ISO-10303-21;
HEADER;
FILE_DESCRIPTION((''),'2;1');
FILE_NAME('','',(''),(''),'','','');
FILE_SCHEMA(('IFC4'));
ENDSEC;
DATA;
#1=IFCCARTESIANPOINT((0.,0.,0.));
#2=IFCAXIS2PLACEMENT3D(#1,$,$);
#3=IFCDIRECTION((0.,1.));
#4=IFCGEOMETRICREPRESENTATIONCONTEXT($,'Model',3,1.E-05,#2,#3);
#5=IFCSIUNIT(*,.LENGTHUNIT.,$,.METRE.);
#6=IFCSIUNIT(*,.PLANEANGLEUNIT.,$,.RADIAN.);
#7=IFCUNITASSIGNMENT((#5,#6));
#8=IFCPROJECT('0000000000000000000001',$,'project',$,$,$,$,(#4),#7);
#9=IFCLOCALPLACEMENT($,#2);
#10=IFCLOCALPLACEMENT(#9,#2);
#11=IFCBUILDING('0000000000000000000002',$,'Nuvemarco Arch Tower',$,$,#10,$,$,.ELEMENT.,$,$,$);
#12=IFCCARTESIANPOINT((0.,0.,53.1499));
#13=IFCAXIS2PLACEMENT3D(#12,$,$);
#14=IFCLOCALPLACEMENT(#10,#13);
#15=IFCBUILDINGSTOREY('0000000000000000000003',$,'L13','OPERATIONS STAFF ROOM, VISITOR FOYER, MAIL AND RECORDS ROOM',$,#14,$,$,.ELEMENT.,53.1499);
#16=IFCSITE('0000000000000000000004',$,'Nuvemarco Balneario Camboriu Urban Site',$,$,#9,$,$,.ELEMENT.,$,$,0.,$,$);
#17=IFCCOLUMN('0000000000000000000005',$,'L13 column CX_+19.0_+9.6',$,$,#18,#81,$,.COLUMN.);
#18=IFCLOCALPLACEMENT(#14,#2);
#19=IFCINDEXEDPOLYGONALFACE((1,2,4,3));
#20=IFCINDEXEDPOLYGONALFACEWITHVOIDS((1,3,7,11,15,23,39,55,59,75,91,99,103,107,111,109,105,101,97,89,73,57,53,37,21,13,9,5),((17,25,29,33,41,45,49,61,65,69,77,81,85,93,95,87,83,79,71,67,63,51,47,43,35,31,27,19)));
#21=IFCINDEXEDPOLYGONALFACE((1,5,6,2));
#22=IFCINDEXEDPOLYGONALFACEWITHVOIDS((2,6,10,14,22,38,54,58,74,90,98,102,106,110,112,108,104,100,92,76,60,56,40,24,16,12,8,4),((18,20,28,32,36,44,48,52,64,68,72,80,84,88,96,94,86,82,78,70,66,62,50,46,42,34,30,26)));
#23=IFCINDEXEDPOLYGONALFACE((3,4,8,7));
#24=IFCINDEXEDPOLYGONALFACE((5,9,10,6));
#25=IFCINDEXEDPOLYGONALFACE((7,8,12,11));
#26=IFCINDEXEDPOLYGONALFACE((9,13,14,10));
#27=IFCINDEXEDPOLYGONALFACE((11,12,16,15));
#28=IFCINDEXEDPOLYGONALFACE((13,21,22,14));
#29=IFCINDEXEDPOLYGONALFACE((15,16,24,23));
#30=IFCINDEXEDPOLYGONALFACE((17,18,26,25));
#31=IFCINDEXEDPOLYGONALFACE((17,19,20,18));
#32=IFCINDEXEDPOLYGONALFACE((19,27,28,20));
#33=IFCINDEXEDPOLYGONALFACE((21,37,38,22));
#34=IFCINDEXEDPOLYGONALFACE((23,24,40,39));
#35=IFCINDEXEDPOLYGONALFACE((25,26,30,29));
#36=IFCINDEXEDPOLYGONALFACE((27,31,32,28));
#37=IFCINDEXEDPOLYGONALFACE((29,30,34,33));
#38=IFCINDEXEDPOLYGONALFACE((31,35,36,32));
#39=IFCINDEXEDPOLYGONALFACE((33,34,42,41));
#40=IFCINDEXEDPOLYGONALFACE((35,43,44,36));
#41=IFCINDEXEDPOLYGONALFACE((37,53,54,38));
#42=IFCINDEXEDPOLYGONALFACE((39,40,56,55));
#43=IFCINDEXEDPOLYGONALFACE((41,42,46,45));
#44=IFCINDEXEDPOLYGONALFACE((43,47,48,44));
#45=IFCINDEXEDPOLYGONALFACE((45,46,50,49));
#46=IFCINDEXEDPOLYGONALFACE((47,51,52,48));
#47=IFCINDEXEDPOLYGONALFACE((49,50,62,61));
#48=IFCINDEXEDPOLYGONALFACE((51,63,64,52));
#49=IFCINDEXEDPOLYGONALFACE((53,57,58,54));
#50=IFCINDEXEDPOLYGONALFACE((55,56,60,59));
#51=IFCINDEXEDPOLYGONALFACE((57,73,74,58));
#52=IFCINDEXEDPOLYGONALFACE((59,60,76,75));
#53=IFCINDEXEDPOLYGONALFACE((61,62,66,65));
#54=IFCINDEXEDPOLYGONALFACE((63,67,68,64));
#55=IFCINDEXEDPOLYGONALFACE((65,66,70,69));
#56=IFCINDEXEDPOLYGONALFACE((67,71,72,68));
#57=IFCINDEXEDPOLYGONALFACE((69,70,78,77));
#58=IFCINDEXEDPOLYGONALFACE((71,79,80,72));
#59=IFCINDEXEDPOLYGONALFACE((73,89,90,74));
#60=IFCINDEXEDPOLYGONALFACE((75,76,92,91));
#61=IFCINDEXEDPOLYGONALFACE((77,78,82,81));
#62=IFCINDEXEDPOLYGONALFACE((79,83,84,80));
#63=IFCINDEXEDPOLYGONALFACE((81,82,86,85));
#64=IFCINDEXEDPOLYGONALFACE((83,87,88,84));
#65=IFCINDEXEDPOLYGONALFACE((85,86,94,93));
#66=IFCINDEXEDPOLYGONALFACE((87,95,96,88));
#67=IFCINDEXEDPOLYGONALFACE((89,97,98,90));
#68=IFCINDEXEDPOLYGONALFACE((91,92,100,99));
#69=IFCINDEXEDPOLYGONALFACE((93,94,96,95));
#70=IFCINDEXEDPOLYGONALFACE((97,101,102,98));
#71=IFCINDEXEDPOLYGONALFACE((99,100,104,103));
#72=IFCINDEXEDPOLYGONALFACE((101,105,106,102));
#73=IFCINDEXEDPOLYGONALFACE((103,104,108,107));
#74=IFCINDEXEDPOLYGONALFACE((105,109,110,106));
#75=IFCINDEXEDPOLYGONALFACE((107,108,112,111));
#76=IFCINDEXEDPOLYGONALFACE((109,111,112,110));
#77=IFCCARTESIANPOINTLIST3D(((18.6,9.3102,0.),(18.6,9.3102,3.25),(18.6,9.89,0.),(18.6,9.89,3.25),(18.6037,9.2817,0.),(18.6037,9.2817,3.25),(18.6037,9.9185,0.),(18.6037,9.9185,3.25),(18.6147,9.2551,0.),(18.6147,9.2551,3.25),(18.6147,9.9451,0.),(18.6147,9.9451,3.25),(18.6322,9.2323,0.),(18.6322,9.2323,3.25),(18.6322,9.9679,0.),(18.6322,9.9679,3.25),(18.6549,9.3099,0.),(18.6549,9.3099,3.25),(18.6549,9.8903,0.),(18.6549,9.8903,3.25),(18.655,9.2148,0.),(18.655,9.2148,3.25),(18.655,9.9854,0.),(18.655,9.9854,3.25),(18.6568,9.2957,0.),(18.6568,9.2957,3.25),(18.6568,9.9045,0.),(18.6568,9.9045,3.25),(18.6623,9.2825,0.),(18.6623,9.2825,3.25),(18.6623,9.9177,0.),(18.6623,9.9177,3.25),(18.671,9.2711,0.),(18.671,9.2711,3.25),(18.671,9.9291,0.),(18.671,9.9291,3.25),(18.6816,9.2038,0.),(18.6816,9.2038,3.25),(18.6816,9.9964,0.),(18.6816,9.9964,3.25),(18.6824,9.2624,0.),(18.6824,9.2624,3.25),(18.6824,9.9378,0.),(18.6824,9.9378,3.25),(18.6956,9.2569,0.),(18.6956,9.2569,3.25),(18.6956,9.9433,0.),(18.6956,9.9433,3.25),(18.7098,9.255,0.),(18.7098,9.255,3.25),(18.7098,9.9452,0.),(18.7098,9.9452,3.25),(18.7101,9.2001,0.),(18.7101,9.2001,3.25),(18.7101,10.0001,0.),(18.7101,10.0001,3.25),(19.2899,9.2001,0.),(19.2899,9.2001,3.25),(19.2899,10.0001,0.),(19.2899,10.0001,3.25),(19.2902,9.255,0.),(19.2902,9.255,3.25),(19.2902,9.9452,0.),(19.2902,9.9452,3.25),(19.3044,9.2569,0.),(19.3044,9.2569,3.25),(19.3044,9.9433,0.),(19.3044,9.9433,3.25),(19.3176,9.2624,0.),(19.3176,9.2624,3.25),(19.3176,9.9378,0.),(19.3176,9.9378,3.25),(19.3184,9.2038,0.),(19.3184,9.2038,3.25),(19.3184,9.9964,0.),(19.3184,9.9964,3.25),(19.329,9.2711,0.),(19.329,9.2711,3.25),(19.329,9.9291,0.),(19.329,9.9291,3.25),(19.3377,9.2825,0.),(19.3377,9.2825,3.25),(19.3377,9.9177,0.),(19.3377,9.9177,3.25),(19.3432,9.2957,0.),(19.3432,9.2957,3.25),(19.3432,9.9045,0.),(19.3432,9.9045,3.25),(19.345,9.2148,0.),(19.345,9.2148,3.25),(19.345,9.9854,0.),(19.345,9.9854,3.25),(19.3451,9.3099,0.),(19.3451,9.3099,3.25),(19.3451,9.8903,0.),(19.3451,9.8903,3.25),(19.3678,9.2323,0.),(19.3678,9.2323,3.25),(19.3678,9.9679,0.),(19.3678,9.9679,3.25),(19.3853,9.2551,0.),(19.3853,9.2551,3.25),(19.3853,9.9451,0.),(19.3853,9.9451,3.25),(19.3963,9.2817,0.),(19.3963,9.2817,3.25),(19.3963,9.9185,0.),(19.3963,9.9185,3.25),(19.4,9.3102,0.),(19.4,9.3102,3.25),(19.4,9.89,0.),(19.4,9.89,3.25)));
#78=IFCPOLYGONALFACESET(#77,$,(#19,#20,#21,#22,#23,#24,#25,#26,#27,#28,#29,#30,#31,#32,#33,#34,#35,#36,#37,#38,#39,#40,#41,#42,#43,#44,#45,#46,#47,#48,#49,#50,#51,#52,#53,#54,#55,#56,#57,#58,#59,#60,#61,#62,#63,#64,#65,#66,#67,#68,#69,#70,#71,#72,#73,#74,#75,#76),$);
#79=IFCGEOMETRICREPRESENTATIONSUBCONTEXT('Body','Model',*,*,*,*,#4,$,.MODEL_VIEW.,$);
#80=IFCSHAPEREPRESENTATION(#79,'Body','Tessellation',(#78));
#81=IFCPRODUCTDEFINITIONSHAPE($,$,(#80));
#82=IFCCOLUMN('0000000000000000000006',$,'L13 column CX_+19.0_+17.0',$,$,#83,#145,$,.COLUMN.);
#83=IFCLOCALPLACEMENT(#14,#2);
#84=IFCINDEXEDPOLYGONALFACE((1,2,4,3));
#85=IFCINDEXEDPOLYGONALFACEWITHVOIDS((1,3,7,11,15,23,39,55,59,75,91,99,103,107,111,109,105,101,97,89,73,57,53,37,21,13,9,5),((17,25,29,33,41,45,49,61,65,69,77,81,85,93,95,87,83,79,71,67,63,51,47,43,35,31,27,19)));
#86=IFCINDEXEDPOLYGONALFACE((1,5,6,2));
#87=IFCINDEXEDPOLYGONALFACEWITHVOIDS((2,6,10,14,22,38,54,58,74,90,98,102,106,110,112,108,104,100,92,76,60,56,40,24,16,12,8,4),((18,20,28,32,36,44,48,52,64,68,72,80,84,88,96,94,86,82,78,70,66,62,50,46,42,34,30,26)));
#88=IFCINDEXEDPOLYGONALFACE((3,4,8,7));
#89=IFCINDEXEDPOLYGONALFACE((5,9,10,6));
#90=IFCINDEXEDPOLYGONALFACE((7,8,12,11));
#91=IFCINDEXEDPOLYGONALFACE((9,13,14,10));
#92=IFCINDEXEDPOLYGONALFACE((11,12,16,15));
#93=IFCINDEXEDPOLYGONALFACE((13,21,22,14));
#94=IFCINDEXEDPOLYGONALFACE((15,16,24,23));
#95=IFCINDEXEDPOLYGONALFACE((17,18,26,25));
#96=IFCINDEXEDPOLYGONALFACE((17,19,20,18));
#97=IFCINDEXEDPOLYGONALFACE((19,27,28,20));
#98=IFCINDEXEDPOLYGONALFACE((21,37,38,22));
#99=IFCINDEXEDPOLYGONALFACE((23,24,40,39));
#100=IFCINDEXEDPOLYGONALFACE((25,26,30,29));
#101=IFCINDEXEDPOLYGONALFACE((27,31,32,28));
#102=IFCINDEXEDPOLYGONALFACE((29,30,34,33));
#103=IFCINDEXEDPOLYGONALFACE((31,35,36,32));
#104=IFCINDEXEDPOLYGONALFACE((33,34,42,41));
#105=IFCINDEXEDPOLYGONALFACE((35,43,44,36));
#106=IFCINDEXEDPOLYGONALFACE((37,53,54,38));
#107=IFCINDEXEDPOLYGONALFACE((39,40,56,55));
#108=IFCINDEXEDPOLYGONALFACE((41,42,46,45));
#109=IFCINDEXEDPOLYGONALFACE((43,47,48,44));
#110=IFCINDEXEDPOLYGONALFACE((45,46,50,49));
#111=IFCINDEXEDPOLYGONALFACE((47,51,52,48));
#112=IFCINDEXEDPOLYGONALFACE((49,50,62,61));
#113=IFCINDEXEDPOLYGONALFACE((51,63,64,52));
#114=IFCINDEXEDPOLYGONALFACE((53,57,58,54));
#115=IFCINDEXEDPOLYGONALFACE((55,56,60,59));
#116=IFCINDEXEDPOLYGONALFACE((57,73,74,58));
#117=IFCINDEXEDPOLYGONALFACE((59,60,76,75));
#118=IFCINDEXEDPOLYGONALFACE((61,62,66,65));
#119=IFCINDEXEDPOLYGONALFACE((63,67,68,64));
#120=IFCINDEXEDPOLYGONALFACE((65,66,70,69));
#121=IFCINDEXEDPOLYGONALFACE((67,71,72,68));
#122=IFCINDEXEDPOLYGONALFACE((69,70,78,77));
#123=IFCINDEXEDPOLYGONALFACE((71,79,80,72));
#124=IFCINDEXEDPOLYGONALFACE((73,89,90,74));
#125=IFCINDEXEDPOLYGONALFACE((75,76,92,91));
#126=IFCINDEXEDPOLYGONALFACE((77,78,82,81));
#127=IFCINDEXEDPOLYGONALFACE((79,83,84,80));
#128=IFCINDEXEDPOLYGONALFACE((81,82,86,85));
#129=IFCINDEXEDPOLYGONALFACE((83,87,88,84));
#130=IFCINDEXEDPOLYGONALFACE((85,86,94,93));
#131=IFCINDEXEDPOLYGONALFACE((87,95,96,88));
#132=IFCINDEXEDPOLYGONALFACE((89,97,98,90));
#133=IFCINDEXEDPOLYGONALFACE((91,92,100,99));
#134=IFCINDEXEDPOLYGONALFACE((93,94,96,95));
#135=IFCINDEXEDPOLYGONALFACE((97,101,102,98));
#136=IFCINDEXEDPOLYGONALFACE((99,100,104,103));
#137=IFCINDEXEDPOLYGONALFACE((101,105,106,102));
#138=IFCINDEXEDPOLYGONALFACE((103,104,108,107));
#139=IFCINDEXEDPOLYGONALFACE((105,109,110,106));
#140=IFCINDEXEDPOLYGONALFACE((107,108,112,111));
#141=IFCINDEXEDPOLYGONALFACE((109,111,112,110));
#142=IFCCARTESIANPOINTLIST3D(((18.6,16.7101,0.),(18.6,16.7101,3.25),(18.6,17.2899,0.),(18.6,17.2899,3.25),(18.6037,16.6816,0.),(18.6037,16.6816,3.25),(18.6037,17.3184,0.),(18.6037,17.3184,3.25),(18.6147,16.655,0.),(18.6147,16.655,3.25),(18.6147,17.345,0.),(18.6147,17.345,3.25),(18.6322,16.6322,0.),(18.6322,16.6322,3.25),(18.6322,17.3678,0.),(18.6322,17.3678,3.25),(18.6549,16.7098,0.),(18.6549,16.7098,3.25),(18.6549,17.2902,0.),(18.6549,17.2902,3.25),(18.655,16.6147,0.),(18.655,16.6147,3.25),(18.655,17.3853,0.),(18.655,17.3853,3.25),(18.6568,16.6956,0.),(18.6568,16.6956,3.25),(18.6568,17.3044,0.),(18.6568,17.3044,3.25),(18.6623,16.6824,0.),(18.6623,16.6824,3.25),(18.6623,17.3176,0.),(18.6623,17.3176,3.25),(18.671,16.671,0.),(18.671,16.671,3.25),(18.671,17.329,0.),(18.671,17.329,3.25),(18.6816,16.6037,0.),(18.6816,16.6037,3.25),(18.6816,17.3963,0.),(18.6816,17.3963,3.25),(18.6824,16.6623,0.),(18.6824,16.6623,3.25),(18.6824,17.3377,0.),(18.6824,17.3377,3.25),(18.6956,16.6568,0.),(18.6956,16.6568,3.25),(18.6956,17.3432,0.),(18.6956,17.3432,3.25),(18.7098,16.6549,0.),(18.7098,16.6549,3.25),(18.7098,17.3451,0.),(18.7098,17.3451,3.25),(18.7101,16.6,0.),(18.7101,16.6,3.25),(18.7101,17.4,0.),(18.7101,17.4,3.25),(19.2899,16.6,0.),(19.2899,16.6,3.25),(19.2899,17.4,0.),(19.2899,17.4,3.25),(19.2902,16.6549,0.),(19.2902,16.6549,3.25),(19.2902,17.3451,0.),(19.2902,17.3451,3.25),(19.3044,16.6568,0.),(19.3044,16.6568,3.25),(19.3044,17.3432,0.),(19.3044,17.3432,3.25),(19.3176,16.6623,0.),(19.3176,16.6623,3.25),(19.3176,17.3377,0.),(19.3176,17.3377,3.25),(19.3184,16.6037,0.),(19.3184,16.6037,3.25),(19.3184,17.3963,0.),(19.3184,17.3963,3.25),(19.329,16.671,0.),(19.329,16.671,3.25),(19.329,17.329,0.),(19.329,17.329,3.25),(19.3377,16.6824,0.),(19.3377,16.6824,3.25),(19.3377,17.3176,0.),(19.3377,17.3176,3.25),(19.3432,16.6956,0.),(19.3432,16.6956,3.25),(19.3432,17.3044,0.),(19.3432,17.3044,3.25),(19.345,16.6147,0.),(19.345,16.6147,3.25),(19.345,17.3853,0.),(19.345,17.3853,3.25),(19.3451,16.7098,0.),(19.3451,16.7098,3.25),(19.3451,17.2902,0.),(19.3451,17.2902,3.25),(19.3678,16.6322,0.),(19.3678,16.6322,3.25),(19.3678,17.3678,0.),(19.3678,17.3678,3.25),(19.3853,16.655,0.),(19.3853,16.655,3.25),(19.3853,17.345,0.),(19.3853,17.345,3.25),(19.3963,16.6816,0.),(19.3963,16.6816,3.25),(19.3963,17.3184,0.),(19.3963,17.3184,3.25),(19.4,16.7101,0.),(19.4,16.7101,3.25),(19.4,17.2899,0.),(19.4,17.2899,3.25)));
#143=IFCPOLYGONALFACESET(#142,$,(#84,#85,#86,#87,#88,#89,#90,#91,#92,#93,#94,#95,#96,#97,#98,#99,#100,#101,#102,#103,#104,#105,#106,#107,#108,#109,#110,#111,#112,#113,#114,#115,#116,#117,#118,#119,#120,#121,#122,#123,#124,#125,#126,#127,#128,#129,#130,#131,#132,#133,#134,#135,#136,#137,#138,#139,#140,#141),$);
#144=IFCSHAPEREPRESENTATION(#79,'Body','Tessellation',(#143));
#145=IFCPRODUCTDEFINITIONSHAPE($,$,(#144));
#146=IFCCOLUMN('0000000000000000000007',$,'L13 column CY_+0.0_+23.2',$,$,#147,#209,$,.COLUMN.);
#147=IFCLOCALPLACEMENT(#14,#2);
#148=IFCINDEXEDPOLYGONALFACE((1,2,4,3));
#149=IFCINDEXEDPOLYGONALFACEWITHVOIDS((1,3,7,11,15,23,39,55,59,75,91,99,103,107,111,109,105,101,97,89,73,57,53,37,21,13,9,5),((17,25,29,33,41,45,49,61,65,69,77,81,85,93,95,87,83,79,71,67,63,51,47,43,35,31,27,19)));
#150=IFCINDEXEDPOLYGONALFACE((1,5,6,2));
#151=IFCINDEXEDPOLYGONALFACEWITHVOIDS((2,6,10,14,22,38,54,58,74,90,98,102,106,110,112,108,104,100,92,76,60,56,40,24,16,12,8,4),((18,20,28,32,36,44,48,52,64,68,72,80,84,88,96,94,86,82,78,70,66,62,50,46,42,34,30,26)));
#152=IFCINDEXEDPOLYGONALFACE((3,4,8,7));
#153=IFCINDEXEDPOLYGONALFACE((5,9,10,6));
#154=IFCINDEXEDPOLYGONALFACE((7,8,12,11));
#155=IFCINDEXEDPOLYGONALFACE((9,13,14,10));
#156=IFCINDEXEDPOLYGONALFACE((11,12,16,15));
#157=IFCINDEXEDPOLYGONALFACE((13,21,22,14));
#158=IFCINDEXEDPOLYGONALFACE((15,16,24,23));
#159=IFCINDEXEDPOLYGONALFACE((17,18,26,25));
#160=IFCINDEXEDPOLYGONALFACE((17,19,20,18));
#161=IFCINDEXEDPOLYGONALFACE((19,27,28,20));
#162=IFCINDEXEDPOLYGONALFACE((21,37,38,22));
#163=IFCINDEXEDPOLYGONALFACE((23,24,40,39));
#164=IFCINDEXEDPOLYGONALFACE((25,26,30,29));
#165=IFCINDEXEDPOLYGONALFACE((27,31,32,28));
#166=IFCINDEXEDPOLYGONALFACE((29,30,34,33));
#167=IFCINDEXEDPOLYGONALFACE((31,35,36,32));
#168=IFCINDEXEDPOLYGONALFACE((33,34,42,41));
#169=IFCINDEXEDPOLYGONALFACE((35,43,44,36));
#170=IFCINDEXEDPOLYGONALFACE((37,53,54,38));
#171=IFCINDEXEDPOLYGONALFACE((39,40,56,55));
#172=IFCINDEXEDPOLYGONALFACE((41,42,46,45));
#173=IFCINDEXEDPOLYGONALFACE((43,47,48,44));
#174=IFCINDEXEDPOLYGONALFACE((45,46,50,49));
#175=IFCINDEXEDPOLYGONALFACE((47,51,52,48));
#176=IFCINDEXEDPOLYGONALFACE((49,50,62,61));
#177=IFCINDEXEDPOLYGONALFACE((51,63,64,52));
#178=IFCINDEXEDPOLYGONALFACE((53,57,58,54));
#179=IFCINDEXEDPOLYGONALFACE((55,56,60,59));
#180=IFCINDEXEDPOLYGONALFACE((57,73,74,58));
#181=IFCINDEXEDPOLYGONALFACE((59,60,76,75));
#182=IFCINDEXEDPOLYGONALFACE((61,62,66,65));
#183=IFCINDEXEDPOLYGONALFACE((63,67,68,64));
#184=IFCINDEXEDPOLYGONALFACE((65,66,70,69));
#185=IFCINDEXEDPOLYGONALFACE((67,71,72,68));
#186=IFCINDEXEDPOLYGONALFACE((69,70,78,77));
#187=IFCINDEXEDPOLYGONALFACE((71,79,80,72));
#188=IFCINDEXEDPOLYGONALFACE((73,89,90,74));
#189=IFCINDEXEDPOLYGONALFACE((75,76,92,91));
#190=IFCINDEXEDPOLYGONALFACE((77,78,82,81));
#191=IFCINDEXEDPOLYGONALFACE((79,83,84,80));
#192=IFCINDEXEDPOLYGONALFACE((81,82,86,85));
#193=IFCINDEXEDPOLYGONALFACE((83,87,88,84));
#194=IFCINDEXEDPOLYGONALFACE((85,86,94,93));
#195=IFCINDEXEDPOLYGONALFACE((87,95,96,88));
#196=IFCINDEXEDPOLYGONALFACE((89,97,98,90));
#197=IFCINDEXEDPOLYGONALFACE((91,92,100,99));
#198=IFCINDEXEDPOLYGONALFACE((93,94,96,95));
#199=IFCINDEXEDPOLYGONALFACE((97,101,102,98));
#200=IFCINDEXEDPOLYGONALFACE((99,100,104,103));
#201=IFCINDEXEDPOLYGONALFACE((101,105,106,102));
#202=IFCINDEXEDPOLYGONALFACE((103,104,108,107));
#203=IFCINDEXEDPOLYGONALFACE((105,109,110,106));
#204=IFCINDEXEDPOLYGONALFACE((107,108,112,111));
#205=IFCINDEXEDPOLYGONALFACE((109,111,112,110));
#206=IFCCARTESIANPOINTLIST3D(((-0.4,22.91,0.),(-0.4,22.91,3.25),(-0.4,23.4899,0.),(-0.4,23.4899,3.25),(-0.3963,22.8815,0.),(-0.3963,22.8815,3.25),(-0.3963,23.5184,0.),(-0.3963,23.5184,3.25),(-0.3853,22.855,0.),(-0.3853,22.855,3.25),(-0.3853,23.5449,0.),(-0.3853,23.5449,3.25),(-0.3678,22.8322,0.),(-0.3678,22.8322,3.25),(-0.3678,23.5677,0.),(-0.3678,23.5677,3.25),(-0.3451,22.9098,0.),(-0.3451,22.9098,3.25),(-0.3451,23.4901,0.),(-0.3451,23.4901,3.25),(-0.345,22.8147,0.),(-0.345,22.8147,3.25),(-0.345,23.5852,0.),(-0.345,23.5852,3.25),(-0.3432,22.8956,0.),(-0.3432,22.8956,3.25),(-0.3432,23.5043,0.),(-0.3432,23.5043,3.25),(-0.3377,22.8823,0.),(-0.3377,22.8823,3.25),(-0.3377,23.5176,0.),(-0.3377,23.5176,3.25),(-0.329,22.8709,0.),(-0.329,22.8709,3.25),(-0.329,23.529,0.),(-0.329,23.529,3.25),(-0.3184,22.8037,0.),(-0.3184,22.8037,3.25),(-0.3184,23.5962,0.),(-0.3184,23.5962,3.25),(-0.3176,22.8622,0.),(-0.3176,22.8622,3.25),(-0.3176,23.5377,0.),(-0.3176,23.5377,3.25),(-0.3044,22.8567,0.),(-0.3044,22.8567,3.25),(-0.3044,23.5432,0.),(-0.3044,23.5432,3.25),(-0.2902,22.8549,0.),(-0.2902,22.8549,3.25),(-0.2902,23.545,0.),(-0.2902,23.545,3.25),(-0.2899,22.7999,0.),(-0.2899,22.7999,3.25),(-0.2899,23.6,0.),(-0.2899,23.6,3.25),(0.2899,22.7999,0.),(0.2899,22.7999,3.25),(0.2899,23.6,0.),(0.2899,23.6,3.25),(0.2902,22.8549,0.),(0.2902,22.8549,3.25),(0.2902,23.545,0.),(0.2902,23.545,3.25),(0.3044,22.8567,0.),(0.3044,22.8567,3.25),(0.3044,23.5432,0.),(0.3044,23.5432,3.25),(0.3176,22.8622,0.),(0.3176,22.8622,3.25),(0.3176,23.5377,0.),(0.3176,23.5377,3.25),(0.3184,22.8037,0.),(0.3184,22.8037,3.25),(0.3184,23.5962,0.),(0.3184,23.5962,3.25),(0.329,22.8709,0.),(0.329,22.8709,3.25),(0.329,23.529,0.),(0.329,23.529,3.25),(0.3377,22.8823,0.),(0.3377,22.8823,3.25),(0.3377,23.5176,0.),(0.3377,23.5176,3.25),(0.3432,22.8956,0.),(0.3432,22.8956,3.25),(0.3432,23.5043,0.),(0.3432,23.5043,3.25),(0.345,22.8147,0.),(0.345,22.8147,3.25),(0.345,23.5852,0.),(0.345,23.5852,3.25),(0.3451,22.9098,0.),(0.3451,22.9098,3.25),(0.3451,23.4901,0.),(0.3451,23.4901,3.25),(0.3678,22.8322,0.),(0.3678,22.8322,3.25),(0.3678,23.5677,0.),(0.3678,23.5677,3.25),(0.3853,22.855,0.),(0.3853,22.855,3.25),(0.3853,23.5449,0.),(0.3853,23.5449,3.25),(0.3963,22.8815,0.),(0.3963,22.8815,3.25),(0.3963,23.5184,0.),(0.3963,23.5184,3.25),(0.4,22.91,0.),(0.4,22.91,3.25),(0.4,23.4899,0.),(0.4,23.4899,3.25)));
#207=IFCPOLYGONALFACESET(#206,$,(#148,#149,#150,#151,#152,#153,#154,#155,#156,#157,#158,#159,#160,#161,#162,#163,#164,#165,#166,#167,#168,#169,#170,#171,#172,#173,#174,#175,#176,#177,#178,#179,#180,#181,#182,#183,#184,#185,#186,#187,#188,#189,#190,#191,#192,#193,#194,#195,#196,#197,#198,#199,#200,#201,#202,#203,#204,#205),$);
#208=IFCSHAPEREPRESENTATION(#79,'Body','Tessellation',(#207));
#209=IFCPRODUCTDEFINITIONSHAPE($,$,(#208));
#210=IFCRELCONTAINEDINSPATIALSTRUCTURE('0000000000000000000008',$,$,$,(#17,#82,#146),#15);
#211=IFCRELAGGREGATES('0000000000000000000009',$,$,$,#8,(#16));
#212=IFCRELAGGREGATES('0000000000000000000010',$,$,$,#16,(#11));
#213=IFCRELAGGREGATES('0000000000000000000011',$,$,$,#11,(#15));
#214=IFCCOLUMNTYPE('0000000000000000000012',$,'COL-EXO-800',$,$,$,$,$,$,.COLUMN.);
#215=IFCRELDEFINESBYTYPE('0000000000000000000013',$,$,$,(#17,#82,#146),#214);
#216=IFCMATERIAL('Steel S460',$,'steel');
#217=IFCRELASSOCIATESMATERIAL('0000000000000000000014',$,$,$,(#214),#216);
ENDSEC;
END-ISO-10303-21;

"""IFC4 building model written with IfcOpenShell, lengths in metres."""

from ifc_helpers import new_model, si_unit, direction, frame, origin, origin_2d, place, context, subcontext, project, spatial, hollow_rectangle, extrude, material, material_profile, profile_set, type_object, element, save


model = new_model("IFC4")

# Units and contexts
model_context = context("Model", 3, precision=1e-05, world=origin(), true_north=direction((0.0, 1.0)))
body_context = subcontext(model_context, "Body", "Model", "MODEL_VIEW")
ifc_project = project(units=[si_unit("LENGTHUNIT", "METRE"), si_unit("PLANEANGLEUNIT", "RADIAN")], contexts=[model_context])

# Site, building, storey
site_placement = place(None, origin())
site = spatial("IfcSite", under=ifc_project, at=site_placement, Name="Nuvemarco Balneario Camboriu Urban Site", CompositionType="ELEMENT", RefElevation=0.0)
building_placement = place(site_placement, origin())
building = spatial("IfcBuilding", under=site, at=building_placement, Name="Nuvemarco Arch Tower", CompositionType="ELEMENT")
storey_placement = place(building_placement, frame((0.0, 0.0, 53.1499)))
storey = spatial("IfcBuildingStorey", under=building, at=storey_placement, Name="L13", Description="OPERATIONS STAFF ROOM, VISITOR FOYER, MAIL AND RECORDS ROOM", CompositionType="ELEMENT", Elevation=53.1499)

# Columns
ifc_material_1 = material(Name="Steel S460", Category="steel")
ifc_material_profile_1 = material_profile(ifc_material_1, hollow_rectangle(XDim=0.8, YDim=0.8, WallThickness=0.0549, InnerFilletRadius=0.0549, OuterFilletRadius=0.1101, at=origin_2d()), Name="SHS800x800x55")
ifc_profile_set_1 = profile_set([ifc_material_profile_1], Name="Steel S460")
column_type_1 = type_object("IfcColumnType", Name="COL-EXO-800", PredefinedType="COLUMN", material=ifc_profile_set_1)
for number, where, z_axis, x_axis, name in (
    (1, (19.0, 9.6001, 0.0), (0.0, 0.0, 1.0), (1.0, 0.0, 0.0), "L13 column CX_+19.0_+9.6"),
    (2, (19.0, 17.0, 0.0), (0.0, 0.0, 1.0), (1.0, 0.0, 0.0), "L13 column CX_+19.0_+17.0"),
    (3, (0.0, 23.2, 0.0), (0.0, 0.0, 1.0), (1.0, 0.0, 0.0), "L13 column CY_+0.0_+23.2"),
):
    element("IfcColumn", number, at=place(storey_placement, frame(where, z_axis=z_axis, x_axis=x_axis)), inside=storey, type_object=column_type_1, Name=name, PredefinedType="COLUMN", context=body_context, shape_type="SweptSolid", body=[
        extrude(hollow_rectangle(XDim=0.8, YDim=0.8, WallThickness=0.0549, InnerFilletRadius=0.0549, OuterFilletRadius=0.1101, at=origin_2d()), origin(), (0.0, 0.0, 1.0), 3.25),
    ])

save(model, "model.ifc")
